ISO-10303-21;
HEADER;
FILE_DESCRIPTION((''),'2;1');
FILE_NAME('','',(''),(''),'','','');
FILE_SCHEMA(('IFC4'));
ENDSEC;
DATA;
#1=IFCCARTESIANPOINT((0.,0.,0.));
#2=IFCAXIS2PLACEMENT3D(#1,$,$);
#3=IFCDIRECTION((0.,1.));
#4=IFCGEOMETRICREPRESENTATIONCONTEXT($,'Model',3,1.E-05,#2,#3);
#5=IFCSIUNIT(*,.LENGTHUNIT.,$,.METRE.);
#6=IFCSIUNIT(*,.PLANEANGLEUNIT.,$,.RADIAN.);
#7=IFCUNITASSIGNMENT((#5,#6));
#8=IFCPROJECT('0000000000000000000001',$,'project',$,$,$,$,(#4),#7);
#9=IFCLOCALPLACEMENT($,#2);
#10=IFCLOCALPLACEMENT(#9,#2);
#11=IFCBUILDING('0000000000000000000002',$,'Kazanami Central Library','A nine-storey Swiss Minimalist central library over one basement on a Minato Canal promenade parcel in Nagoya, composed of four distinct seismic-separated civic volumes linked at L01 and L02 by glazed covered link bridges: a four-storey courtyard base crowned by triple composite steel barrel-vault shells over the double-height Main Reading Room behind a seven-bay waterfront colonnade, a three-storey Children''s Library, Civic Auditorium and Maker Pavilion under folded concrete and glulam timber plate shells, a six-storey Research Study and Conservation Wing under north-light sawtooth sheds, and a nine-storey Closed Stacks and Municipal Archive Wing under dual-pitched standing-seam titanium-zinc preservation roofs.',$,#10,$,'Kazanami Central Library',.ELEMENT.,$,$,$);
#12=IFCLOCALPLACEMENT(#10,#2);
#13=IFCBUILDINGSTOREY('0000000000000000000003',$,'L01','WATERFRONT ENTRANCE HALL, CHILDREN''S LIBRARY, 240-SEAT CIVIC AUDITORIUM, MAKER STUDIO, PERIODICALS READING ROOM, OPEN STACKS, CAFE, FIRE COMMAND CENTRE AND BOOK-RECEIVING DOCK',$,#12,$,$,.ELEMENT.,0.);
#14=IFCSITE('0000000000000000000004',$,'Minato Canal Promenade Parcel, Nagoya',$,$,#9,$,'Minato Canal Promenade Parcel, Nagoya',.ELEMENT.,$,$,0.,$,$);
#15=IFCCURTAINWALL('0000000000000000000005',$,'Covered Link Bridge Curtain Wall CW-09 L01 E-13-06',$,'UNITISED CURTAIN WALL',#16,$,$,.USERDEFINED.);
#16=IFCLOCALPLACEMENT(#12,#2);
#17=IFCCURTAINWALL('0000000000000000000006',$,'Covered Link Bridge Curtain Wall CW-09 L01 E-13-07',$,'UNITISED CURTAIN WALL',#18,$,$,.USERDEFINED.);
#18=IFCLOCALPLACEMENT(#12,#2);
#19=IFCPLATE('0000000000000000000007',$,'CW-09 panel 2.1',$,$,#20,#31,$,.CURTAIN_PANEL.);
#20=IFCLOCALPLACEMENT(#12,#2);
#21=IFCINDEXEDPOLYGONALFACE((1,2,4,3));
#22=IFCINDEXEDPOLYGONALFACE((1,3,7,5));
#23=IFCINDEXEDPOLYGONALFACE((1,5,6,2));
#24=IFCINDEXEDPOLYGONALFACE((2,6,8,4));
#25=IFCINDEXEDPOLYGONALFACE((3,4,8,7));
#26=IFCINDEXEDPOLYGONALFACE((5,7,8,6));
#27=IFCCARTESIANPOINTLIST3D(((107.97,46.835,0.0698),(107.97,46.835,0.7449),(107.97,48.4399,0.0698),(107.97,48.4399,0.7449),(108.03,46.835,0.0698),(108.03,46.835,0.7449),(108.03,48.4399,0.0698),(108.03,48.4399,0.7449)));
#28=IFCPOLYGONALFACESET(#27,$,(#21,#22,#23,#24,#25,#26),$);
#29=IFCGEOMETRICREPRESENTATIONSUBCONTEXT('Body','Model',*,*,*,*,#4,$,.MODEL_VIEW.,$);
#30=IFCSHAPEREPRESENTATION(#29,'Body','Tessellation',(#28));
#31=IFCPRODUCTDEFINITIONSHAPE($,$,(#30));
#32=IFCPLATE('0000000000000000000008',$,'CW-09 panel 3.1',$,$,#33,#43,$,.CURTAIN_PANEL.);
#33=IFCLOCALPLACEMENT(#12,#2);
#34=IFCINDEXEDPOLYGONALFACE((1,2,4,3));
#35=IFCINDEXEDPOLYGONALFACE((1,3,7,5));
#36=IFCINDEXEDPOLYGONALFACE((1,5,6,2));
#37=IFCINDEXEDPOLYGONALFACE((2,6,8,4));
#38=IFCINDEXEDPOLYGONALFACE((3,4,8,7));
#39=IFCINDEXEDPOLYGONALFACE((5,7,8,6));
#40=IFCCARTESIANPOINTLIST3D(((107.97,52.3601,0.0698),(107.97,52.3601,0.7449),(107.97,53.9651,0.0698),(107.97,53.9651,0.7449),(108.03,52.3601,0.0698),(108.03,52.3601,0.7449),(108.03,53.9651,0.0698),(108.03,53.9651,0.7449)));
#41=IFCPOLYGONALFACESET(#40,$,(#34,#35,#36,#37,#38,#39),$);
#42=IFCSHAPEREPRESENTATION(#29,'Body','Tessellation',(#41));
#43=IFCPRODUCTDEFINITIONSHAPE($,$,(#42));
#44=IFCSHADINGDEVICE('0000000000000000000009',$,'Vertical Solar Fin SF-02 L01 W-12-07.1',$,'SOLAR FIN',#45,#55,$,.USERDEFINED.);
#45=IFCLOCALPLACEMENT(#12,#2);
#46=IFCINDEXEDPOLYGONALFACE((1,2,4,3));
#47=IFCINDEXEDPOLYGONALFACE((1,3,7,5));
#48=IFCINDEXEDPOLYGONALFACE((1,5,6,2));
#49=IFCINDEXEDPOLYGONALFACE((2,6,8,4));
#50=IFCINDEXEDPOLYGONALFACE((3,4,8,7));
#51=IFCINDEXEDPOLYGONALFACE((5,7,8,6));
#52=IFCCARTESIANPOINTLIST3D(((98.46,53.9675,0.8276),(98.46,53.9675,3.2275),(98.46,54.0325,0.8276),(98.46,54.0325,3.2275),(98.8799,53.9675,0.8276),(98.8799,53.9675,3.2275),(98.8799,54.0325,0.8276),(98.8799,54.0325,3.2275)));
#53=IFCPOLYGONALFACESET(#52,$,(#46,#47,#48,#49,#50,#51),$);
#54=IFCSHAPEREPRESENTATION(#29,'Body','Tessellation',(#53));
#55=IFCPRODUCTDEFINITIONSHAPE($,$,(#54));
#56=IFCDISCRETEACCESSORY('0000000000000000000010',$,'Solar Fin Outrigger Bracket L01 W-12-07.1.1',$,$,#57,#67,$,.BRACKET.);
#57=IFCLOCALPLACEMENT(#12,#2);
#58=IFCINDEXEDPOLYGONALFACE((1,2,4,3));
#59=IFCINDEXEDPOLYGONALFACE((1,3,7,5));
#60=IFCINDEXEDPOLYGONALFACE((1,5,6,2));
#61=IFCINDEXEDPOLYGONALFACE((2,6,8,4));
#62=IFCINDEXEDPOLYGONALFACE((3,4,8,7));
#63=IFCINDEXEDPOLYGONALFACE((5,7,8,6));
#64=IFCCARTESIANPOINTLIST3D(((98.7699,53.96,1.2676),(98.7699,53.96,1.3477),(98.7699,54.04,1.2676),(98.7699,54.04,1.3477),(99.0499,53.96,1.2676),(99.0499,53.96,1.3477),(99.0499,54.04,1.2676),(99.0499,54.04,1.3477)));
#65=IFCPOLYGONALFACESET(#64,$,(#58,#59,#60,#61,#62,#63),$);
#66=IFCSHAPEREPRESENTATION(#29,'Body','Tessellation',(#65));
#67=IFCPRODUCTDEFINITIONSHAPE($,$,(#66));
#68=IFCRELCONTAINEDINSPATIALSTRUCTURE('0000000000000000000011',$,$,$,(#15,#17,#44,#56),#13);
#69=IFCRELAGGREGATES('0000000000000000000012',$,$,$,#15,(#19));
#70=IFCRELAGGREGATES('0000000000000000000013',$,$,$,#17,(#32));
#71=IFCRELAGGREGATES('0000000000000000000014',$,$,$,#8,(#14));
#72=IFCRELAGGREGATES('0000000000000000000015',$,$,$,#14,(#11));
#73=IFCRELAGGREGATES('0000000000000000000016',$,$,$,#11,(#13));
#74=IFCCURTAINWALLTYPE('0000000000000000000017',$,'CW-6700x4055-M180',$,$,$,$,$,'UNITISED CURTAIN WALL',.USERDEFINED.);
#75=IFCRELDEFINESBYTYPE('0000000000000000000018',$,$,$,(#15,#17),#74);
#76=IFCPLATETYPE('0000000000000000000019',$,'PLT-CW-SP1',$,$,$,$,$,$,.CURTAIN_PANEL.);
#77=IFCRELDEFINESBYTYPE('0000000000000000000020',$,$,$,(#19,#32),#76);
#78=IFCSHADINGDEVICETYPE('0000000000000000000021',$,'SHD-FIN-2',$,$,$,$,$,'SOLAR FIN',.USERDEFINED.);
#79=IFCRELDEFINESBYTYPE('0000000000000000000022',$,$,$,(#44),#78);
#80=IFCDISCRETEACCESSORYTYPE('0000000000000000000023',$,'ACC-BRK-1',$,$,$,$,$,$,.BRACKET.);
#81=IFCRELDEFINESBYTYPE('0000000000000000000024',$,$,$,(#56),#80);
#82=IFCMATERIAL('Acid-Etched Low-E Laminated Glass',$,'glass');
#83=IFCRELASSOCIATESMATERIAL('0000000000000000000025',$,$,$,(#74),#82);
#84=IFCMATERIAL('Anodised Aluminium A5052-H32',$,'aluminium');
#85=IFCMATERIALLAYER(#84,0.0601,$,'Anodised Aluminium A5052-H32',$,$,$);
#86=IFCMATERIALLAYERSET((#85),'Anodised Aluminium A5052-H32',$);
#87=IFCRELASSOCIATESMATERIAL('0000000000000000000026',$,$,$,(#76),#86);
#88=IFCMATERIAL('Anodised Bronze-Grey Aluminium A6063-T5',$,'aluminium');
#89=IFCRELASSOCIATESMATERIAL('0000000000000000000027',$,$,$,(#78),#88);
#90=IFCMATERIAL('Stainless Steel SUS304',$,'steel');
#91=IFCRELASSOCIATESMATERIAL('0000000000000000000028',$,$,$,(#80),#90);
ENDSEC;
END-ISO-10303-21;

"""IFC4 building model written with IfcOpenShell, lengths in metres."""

from ifc_helpers import new_model, si_unit, direction, frame, origin, origin_2d, place, context, subcontext, project, spatial, rectangle, extrude, material, layer, layer_set, type_object, element, aggregate, save


model = new_model("IFC4")

# Units and contexts
model_context = context("Model", 3, precision=1e-05, world=origin(), true_north=direction((0.0, 1.0)))
body_context = subcontext(model_context, "Body", "Model", "MODEL_VIEW")
ifc_project = project(units=[si_unit("LENGTHUNIT", "METRE"), si_unit("PLANEANGLEUNIT", "RADIAN")], contexts=[model_context])

# Site, building, storey
site_placement = place(None, origin())
site = spatial("IfcSite", under=ifc_project, at=site_placement, Name="Minato Canal Promenade Parcel, Nagoya", LongName="Minato Canal Promenade Parcel, Nagoya", CompositionType="ELEMENT", RefElevation=0.0)
building_placement = place(site_placement, origin())
building = spatial("IfcBuilding", under=site, at=building_placement, Name="Kazanami Central Library", Description="A nine-storey Swiss Minimalist central library over one basement on a Minato Canal promenade parcel in Nagoya, composed of four distinct seismic-separated civic volumes linked at L01 and L02 by glazed covered link bridges: a four-storey courtyard base crowned by triple composite steel barrel-vault shells over the double-height Main Reading Room behind a seven-bay waterfront colonnade, a three-storey Children's Library, Civic Auditorium and Maker Pavilion under folded concrete and glulam timber plate shells, a six-storey Research Study and Conservation Wing under north-light sawtooth sheds, and a nine-storey Closed Stacks and Municipal Archive Wing under dual-pitched standing-seam titanium-zinc preservation roofs.", LongName="Kazanami Central Library", CompositionType="ELEMENT")
storey_placement = place(building_placement, origin())
storey = spatial("IfcBuildingStorey", under=building, at=storey_placement, Name="L01", Description="WATERFRONT ENTRANCE HALL, CHILDREN'S LIBRARY, 240-SEAT CIVIC AUDITORIUM, MAKER STUDIO, PERIODICALS READING ROOM, OPEN STACKS, CAFE, FIRE COMMAND CENTRE AND BOOK-RECEIVING DOCK", CompositionType="ELEMENT", Elevation=0.0)

# Shared definitions
ifc_material_1 = material(Name="Acid-Etched Low-E Laminated Glass", Category="glass")

# Curtain walls
curtain_wall_type_1 = type_object("IfcCurtainWallType", Name="CW-6700x4055-M180", ElementType="UNITISED CURTAIN WALL", PredefinedType="USERDEFINED", material=ifc_material_1)
curtain_wall_1_placement = place(storey_placement, origin())
curtain_wall_1 = element("IfcCurtainWall", 1, at=curtain_wall_1_placement, inside=storey, type_object=curtain_wall_type_1, Name="Covered Link Bridge Curtain Wall CW-09 L01 E-13-06", ObjectType="UNITISED CURTAIN WALL", PredefinedType="USERDEFINED")
curtain_wall_2_placement = place(storey_placement, origin())
curtain_wall_2 = element("IfcCurtainWall", 2, at=curtain_wall_2_placement, inside=storey, type_object=curtain_wall_type_1, Name="Covered Link Bridge Curtain Wall CW-09 L01 E-13-07", ObjectType="UNITISED CURTAIN WALL", PredefinedType="USERDEFINED")

# Plates
ifc_material_2 = material(Name="Anodised Aluminium A5052-H32", Category="aluminium")
ifc_layer_1 = layer(ifc_material_2, 0.0601, Name="Anodised Aluminium A5052-H32")
ifc_layer_set_1 = layer_set([ifc_layer_1], Name="Anodised Aluminium A5052-H32")
plate_type_1 = type_object("IfcPlateType", Name="PLT-CW-SP1", PredefinedType="CURTAIN_PANEL", material=ifc_layer_set_1)
plate_1_placement = place(storey_placement, frame((108.0, 47.6375, 0.0698), z_axis=(0.0, 0.0, 1.0), x_axis=(0.0, -1.0, 0.0)))
plate_1 = element("IfcPlate", 3, at=plate_1_placement, type_object=plate_type_1, Name="CW-09 panel 2.1", PredefinedType="CURTAIN_PANEL", context=body_context, shape_type="SweptSolid", body=[
    extrude(rectangle(XDim=1.605, YDim=0.0601, at=origin_2d()), origin(), (0.0, 0.0, 1.0), 0.675),
])
aggregate(curtain_wall_1, [plate_1])
plate_2_placement = place(storey_placement, frame((108.0, 53.1626, 0.0698), z_axis=(0.0, 0.0, 1.0), x_axis=(0.0, -1.0, 0.0)))
plate_2 = element("IfcPlate", 4, at=plate_2_placement, type_object=plate_type_1, Name="CW-09 panel 3.1", PredefinedType="CURTAIN_PANEL", context=body_context, shape_type="SweptSolid", body=[
    extrude(rectangle(XDim=1.605, YDim=0.0601, at=origin_2d()), origin(), (0.0, 0.0, 1.0), 0.675),
])
aggregate(curtain_wall_2, [plate_2])

# Shading device
ifc_material_3 = material(Name="Anodised Bronze-Grey Aluminium A6063-T5", Category="aluminium")
shading_device_type = type_object("IfcShadingDeviceType", Name="SHD-FIN-2", ElementType="SOLAR FIN", PredefinedType="USERDEFINED", material=ifc_material_3)
shading_device_placement = place(storey_placement, frame((98.6699, 54.0, 0.8276), z_axis=(0.0, 0.0, 1.0), x_axis=(0.0, 1.0, 0.0)))
element("IfcShadingDevice", 5, at=shading_device_placement, inside=storey, type_object=shading_device_type, Name="Vertical Solar Fin SF-02 L01 W-12-07.1", ObjectType="SOLAR FIN", PredefinedType="USERDEFINED", context=body_context, shape_type="SweptSolid", body=[
    extrude(rectangle(XDim=0.0649, YDim=0.4199, at=origin_2d()), origin(), (0.0, 0.0, 1.0), 2.3999),
])

# Discrete accessory
ifc_material_4 = material(Name="Stainless Steel SUS304", Category="steel")
discrete_accessory_type = type_object("IfcDiscreteAccessoryType", Name="ACC-BRK-1", PredefinedType="BRACKET", material=ifc_material_4)
discrete_accessory_placement = place(storey_placement, frame((98.9099, 54.0, 1.2676), z_axis=(0.0, 0.0, 1.0), x_axis=(0.0, 1.0, 0.0)))
element("IfcDiscreteAccessory", 6, at=discrete_accessory_placement, inside=storey, type_object=discrete_accessory_type, Name="Solar Fin Outrigger Bracket L01 W-12-07.1.1", PredefinedType="BRACKET", context=body_context, shape_type="SweptSolid", body=[
    extrude(rectangle(XDim=0.0801, YDim=0.28, at=origin_2d()), origin(), (0.0, 0.0, 1.0), 0.0801),
])

save(model, "model.ifc")
